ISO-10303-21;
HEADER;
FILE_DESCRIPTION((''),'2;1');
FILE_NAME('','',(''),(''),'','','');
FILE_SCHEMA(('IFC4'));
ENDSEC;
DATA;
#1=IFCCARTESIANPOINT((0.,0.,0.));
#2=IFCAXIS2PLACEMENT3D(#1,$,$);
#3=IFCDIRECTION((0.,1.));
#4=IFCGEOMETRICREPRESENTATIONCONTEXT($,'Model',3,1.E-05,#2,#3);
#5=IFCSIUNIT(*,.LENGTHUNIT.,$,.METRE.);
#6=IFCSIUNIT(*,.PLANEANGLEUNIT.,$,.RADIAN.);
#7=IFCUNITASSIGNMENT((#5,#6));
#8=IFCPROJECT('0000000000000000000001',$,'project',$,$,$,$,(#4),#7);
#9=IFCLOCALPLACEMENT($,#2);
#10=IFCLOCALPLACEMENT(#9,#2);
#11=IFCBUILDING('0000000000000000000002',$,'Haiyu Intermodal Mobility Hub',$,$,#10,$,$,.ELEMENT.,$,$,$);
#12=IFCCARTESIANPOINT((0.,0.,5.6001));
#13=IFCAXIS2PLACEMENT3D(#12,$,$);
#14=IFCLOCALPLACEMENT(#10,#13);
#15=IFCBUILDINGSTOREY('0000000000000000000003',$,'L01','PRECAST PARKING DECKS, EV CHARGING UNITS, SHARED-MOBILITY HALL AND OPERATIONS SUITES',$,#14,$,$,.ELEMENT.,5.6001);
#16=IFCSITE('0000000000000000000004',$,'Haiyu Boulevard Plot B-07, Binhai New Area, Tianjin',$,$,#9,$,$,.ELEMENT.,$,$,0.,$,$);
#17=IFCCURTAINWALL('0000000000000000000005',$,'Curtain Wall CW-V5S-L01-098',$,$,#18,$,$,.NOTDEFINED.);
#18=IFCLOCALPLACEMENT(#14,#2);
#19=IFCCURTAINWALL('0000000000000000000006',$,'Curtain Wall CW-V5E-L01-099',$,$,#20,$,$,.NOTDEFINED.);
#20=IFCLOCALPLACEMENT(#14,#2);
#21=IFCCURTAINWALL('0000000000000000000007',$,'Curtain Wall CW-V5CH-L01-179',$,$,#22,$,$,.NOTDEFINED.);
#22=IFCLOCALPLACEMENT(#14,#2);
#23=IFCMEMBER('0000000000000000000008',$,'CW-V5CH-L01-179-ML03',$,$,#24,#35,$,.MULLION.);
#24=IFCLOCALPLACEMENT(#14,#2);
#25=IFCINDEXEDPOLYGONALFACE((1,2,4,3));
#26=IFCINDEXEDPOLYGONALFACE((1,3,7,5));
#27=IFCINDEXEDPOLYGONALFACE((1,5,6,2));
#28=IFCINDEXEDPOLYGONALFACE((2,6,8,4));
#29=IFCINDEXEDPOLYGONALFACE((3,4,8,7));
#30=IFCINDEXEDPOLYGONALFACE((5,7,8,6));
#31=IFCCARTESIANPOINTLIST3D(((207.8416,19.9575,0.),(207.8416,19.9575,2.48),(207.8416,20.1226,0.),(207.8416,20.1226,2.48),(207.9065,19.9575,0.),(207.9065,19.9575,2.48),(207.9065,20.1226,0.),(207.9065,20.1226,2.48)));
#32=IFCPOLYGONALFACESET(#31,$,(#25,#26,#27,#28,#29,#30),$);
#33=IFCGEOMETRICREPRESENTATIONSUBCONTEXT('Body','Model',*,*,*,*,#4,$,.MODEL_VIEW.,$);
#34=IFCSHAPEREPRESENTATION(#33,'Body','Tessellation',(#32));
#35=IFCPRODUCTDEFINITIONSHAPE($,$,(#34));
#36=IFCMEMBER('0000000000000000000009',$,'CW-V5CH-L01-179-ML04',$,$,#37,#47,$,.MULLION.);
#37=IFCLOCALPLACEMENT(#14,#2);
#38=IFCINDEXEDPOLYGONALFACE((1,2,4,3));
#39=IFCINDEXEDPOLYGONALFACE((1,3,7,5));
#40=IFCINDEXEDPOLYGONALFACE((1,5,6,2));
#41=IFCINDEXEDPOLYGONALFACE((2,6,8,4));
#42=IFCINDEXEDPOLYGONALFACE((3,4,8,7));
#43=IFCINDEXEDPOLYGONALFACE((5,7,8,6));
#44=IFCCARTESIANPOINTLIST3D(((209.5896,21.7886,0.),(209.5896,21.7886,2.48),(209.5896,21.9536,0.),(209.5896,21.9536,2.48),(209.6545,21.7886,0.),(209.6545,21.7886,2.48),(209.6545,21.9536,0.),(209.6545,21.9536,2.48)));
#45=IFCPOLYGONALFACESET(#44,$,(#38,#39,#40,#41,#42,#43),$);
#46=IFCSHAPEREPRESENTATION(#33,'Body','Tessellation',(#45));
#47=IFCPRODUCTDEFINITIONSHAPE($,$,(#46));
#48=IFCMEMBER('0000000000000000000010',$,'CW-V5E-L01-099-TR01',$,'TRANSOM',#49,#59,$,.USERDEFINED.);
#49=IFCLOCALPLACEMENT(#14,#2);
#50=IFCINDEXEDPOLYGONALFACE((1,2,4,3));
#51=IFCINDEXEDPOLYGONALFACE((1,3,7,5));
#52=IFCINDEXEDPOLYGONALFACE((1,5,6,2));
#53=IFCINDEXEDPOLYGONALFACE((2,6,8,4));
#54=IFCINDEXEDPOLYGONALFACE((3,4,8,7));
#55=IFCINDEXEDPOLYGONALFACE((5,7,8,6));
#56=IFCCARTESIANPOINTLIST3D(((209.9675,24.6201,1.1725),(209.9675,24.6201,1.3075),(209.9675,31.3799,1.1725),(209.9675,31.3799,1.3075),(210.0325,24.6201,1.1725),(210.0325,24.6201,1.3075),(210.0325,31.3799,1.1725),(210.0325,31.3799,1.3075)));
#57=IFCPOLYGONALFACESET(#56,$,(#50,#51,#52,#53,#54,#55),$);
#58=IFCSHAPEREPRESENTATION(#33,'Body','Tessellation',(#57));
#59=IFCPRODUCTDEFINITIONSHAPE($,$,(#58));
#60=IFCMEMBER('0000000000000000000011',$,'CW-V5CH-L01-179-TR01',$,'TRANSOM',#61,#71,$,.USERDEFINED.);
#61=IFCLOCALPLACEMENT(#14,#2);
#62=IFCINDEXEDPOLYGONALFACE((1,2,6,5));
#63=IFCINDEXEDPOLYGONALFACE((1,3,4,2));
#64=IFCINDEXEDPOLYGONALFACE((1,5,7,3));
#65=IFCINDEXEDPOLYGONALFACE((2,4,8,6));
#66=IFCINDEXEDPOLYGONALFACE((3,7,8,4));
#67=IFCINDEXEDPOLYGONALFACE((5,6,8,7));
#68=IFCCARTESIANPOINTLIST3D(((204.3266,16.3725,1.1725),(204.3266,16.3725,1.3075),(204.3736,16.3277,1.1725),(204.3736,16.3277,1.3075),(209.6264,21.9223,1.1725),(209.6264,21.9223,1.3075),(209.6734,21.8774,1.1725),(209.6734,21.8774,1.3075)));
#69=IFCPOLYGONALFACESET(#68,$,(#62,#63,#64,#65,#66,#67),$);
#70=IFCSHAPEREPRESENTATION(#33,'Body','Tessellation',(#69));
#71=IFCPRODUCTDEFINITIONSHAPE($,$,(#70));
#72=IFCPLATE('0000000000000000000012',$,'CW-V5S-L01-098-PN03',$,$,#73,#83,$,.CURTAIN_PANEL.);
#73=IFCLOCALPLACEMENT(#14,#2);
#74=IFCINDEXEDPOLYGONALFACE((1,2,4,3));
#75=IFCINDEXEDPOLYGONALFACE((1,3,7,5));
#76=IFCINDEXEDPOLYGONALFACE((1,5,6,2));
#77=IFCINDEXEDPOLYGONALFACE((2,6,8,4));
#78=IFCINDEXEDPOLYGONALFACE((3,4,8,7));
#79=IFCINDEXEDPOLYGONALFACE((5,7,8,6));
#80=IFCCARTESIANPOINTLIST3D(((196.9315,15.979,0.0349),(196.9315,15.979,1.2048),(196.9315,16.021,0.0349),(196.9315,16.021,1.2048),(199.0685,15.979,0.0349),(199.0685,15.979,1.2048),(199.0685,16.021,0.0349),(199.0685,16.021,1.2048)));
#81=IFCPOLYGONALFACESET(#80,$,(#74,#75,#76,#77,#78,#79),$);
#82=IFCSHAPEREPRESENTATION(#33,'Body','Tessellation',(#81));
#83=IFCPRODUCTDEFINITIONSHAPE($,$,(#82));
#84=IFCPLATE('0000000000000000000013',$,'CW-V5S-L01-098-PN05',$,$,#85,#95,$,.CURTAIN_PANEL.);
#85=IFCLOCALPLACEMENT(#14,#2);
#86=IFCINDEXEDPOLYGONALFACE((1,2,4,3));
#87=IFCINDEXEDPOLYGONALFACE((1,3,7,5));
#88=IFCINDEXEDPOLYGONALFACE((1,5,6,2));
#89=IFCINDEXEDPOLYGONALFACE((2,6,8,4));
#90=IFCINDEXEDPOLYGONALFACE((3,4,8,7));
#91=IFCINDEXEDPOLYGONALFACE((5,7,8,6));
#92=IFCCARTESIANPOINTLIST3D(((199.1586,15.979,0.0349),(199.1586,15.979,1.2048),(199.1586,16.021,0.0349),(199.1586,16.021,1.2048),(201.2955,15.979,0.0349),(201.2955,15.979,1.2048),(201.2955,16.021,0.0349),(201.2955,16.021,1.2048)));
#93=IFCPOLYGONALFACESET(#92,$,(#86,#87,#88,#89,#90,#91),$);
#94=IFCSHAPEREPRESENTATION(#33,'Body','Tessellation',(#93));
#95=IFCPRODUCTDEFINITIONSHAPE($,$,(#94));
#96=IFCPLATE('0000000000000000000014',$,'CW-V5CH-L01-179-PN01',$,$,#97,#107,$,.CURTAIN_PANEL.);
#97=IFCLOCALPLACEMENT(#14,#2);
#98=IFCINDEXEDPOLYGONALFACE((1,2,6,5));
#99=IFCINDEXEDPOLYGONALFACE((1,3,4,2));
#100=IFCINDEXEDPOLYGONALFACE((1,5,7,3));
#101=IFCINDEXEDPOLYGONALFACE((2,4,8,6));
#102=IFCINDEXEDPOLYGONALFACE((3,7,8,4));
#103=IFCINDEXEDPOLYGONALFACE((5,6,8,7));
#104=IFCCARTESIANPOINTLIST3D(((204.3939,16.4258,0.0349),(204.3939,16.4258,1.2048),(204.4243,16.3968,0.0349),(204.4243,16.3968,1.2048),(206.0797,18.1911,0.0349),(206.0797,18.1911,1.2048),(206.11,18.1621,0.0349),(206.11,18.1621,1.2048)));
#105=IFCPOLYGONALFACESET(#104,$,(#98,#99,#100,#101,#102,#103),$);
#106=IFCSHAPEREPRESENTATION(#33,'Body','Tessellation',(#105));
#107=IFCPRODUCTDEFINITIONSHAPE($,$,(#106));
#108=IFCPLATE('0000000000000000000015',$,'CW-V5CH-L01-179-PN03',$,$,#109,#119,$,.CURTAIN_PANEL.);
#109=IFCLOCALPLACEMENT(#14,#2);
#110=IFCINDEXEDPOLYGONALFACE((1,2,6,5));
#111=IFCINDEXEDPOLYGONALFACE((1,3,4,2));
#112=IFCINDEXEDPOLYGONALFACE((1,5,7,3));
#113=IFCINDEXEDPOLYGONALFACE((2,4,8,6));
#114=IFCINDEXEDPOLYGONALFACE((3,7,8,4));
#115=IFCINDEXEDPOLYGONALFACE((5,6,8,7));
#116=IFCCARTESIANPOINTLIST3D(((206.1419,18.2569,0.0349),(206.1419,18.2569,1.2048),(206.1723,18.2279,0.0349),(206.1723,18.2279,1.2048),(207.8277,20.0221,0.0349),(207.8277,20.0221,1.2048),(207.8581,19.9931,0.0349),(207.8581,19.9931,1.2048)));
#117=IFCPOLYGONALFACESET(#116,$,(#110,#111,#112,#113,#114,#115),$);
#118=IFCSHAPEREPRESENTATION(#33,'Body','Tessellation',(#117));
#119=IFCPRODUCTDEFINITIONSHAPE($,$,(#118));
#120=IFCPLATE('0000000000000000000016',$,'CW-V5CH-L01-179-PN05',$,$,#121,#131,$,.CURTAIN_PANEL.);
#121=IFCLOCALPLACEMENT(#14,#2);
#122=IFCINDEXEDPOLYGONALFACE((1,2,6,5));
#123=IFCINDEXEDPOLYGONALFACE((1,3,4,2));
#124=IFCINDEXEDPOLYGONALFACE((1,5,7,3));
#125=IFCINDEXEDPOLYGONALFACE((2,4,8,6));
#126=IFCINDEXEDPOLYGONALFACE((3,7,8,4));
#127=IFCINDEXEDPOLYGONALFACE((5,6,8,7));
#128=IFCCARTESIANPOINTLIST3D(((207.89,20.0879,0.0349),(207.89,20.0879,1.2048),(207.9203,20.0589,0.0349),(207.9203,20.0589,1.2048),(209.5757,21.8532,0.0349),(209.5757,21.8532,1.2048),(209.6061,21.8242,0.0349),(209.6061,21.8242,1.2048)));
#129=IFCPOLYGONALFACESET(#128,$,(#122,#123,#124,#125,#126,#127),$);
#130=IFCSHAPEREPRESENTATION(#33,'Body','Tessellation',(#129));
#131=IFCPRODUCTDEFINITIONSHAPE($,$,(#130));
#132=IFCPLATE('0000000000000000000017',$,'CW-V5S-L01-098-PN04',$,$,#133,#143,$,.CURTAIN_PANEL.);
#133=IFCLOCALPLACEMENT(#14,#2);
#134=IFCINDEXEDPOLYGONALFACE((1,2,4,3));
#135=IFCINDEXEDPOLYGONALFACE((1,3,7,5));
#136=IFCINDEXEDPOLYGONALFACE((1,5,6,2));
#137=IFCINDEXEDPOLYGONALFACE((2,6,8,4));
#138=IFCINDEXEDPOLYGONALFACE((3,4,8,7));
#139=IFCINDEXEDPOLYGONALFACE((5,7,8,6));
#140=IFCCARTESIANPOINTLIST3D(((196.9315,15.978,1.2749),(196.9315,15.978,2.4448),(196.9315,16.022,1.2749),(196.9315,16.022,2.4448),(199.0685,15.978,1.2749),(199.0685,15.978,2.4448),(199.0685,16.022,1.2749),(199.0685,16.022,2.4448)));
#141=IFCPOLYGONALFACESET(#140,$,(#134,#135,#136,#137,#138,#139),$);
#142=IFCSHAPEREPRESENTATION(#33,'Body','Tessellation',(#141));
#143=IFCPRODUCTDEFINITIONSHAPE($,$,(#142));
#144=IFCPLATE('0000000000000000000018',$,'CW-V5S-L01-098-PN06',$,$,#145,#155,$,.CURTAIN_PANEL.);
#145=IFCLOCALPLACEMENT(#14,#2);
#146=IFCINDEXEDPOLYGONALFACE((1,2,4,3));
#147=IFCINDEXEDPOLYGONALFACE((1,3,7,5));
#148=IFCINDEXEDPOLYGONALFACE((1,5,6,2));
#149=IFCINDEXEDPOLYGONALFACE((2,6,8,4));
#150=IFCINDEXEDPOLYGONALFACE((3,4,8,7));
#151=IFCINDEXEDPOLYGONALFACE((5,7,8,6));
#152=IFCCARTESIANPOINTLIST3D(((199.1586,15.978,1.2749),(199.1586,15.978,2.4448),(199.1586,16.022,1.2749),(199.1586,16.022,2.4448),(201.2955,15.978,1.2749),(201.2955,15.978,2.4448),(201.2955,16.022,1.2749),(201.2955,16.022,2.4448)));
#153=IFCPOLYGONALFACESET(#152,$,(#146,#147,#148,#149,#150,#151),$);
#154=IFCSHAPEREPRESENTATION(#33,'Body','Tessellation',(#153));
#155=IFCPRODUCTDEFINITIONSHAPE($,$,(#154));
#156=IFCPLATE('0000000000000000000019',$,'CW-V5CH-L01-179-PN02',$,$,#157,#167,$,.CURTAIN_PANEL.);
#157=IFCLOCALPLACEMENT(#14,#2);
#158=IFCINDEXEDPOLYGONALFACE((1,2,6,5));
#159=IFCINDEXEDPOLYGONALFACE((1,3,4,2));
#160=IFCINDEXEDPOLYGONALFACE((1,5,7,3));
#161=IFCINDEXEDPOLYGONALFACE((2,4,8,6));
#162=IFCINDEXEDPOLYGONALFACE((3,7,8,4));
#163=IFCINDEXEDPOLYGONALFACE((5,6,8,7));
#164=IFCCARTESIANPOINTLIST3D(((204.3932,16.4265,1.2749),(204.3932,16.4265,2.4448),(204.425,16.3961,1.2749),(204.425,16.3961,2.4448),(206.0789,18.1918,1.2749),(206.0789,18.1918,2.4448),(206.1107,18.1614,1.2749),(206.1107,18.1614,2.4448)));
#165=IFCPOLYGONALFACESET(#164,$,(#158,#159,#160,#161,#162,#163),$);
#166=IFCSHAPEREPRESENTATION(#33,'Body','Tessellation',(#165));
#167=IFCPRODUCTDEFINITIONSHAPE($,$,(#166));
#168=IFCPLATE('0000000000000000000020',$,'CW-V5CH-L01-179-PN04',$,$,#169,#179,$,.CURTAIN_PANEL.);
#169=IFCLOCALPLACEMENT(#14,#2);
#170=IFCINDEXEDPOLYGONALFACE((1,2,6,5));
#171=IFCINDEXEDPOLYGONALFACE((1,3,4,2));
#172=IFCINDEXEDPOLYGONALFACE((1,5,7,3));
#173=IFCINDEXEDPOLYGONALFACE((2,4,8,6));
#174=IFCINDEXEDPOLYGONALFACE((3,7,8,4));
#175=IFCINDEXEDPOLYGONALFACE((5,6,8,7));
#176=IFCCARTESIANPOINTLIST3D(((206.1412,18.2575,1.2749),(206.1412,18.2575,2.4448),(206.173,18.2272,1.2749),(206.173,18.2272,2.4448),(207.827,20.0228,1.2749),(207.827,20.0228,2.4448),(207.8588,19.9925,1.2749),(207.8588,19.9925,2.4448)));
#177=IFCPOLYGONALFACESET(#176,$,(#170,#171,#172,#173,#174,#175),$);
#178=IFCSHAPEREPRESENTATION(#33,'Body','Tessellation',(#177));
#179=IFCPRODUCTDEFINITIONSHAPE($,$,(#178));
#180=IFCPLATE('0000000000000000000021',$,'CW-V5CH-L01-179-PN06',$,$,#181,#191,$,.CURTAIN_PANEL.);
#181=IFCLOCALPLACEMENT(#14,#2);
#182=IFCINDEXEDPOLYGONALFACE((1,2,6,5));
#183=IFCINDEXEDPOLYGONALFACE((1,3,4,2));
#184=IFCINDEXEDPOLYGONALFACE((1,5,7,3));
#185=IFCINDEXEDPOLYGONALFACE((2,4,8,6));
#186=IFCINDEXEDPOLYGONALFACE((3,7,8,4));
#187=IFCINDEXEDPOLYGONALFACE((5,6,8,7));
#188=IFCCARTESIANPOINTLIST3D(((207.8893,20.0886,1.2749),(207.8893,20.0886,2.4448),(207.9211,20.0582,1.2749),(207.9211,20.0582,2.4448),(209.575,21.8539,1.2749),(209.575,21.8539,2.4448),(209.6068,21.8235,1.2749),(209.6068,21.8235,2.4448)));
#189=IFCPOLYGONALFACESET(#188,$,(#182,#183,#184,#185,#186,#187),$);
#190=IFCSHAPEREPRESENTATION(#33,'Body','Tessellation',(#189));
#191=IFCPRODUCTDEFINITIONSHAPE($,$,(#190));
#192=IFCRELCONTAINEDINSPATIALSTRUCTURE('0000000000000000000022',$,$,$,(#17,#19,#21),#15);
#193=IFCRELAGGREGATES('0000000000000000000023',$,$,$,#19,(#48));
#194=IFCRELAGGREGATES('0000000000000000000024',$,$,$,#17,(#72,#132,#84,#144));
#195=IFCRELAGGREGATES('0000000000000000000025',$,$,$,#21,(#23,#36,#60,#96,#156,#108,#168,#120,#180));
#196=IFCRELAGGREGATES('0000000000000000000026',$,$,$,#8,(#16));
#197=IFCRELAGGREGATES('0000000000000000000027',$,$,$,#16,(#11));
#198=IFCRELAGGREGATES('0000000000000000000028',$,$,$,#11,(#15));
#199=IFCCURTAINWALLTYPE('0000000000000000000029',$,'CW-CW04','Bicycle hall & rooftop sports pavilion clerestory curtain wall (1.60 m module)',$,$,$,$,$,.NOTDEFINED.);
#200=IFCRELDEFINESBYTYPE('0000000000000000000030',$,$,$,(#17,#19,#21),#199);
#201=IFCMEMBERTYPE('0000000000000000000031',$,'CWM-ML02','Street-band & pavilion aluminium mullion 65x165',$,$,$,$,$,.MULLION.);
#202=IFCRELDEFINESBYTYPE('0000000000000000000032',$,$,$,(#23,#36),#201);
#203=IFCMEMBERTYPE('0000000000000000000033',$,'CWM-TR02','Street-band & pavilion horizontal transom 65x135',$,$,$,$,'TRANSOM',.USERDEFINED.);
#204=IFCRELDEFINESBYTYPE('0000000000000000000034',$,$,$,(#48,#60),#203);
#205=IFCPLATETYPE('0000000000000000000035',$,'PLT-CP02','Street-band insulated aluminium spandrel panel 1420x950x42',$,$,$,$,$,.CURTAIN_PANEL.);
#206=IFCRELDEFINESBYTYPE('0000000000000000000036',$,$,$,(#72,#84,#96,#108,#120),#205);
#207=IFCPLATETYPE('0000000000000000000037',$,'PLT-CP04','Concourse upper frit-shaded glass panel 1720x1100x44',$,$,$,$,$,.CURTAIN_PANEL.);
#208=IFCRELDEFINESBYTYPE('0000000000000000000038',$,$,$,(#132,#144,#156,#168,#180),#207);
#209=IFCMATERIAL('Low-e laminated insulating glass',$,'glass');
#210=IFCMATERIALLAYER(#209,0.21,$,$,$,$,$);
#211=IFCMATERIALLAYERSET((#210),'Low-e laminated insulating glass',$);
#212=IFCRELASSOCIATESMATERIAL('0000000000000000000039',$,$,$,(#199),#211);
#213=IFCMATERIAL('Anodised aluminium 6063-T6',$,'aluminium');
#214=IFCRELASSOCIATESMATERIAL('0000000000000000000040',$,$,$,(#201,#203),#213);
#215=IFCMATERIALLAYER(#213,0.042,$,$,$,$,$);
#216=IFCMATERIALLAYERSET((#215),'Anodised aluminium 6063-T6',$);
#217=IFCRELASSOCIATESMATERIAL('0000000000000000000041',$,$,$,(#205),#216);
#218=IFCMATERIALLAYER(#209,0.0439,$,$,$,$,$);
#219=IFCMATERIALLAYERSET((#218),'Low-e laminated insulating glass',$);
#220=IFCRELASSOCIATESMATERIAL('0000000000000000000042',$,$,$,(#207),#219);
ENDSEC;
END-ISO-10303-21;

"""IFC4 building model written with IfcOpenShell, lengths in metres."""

from ifc_helpers import new_model, si_unit, direction, frame, origin, origin_2d, place, context, subcontext, project, spatial, rectangle, extrude, material, layer, layer_set, material_profile, profile_set, type_object, element, aggregate, save


model = new_model("IFC4")

# Units and contexts
model_context = context("Model", 3, precision=1e-05, world=origin(), true_north=direction((0.0, 1.0)))
body_context = subcontext(model_context, "Body", "Model", "MODEL_VIEW")
ifc_project = project(units=[si_unit("LENGTHUNIT", "METRE"), si_unit("PLANEANGLEUNIT", "RADIAN")], contexts=[model_context])

# Site, building, storey
site_placement = place(None, origin())
site = spatial("IfcSite", under=ifc_project, at=site_placement, Name="Haiyu Boulevard Plot B-07, Binhai New Area, Tianjin", CompositionType="ELEMENT", RefElevation=0.0)
building_placement = place(site_placement, origin())
building = spatial("IfcBuilding", under=site, at=building_placement, Name="Haiyu Intermodal Mobility Hub", CompositionType="ELEMENT")
storey_placement = place(building_placement, frame((0.0, 0.0, 5.6001)))
storey = spatial("IfcBuildingStorey", under=building, at=storey_placement, Name="L01", Description="PRECAST PARKING DECKS, EV CHARGING UNITS, SHARED-MOBILITY HALL AND OPERATIONS SUITES", CompositionType="ELEMENT", Elevation=5.6001)

# Curtain wall
ifc_material_1 = material(Name="Low-e laminated insulating glass", Category="glass")
ifc_layer_1 = layer(ifc_material_1, 0.21)
ifc_layer_set_1 = layer_set([ifc_layer_1], Name="Low-e laminated insulating glass")
curtain_wall_type = type_object("IfcCurtainWallType", Name="CW-CW04", Description="Bicycle hall & rooftop sports pavilion clerestory curtain wall (1.60 m module)", PredefinedType="NOTDEFINED", material=ifc_layer_set_1)
curtain_wall_1_placement = place(storey_placement, origin())
curtain_wall_1 = element("IfcCurtainWall", 1, at=curtain_wall_1_placement, inside=storey, type_object=curtain_wall_type, Name="Curtain Wall CW-V5S-L01-098", PredefinedType="NOTDEFINED")
ifc_material_2 = material(Name="Anodised aluminium 6063-T6", Category="aluminium")
ifc_material_profile_1 = material_profile(ifc_material_2, rectangle(XDim=0.0649, YDim=0.165, at=origin_2d()), Name="ALU65x165")
ifc_profile_set_1 = profile_set([ifc_material_profile_1], Name="Anodised aluminium 6063-T6")
member_type_1 = type_object("IfcMemberType", Name="CWM-ML02", Description="Street-band & pavilion aluminium mullion 65x165", PredefinedType="MULLION", material=ifc_profile_set_1)

# Curtain wall
curtain_wall_2_placement = place(storey_placement, origin())
curtain_wall_2 = element("IfcCurtainWall", 2, at=curtain_wall_2_placement, inside=storey, type_object=curtain_wall_type, Name="Curtain Wall CW-V5E-L01-099", PredefinedType="NOTDEFINED")

# Curtain wall, members
curtain_wall_3_placement = place(storey_placement, origin())
curtain_wall_3 = element("IfcCurtainWall", 3, at=curtain_wall_3_placement, inside=storey, type_object=curtain_wall_type, Name="Curtain Wall CW-V5CH-L01-179", PredefinedType="NOTDEFINED")
member_1_placement = place(storey_placement, frame((207.874, 20.04, 0.0), z_axis=(0.0, 0.0, 1.0), x_axis=(1.0, 0.0, 0.0)))
member_1 = element("IfcMember", 4, at=member_1_placement, type_object=member_type_1, Name="CW-V5CH-L01-179-ML03", PredefinedType="MULLION", context=body_context, shape_type="SweptSolid", body=[
    extrude(rectangle(XDim=0.0649, YDim=0.165, at=origin_2d()), origin(), (0.0, 0.0, 1.0), 2.48),
])
member_2_placement = place(storey_placement, frame((209.6221, 21.8711, 0.0), z_axis=(0.0, 0.0, 1.0), x_axis=(1.0, 0.0, 0.0)))
member_2 = element("IfcMember", 5, at=member_2_placement, type_object=member_type_1, Name="CW-V5CH-L01-179-ML04", PredefinedType="MULLION", context=body_context, shape_type="SweptSolid", body=[
    extrude(rectangle(XDim=0.0649, YDim=0.165, at=origin_2d()), origin(), (0.0, 0.0, 1.0), 2.48),
])

# Members
ifc_material_profile_2 = material_profile(ifc_material_2, rectangle(XDim=0.0649, YDim=0.135, at=origin_2d()), Name="ALU65x135")
ifc_profile_set_2 = profile_set([ifc_material_profile_2], Name="Anodised aluminium 6063-T6")
member_type_2 = type_object("IfcMemberType", Name="CWM-TR02", Description="Street-band & pavilion horizontal transom 65x135", ElementType="TRANSOM", PredefinedType="USERDEFINED", material=ifc_profile_set_2)
member_3_placement = place(storey_placement, frame((210.0, 24.6201, 1.24), z_axis=(0.0, 1.0, 0.0), x_axis=(-1.0, 0.0, 0.0)))
member_3 = element("IfcMember", 6, at=member_3_placement, type_object=member_type_2, Name="CW-V5E-L01-099-TR01", ObjectType="TRANSOM", PredefinedType="USERDEFINED", context=body_context, shape_type="SweptSolid", body=[
    extrude(rectangle(XDim=0.0649, YDim=0.135, at=origin_2d()), origin(), (0.0, 0.0, 1.0), 6.7598),
])
aggregate(curtain_wall_2, [member_3])
member_4_placement = place(storey_placement, frame((204.3501, 16.3501, 1.24), z_axis=(0.69063, 0.723208, 0.0), x_axis=(-0.723208, 0.69063, 0.0)))
member_4 = element("IfcMember", 7, at=member_4_placement, type_object=member_type_2, Name="CW-V5CH-L01-179-TR01", ObjectType="TRANSOM", PredefinedType="USERDEFINED", context=body_context, shape_type="SweptSolid", body=[
    extrude(rectangle(XDim=0.0649, YDim=0.135, at=origin_2d()), origin(), (0.0, 0.0, 1.0), 7.6738),
])

# Plates
ifc_layer_2 = layer(ifc_material_2, 0.042)
ifc_layer_set_2 = layer_set([ifc_layer_2], Name="Anodised aluminium 6063-T6")
plate_type_1 = type_object("IfcPlateType", Name="PLT-CP02", Description="Street-band insulated aluminium spandrel panel 1420x950x42", PredefinedType="CURTAIN_PANEL", material=ifc_layer_set_2)
plate_1_placement = place(storey_placement, frame((198.0, 16.0, 0.0349), z_axis=(0.0, 0.0, 1.0), x_axis=(1.0, 0.0, 0.0)))
plate_1 = element("IfcPlate", 8, at=plate_1_placement, type_object=plate_type_1, Name="CW-V5S-L01-098-PN03", PredefinedType="CURTAIN_PANEL", context=body_context, shape_type="SweptSolid", body=[
    extrude(rectangle(XDim=2.137, YDim=0.042, at=origin_2d()), origin(), (0.0, 0.0, 1.0), 1.1699),
])
plate_2_placement = place(storey_placement, frame((200.2271, 16.0, 0.0349), z_axis=(0.0, 0.0, 1.0), x_axis=(1.0, 0.0, 0.0)))
plate_2 = element("IfcPlate", 9, at=plate_2_placement, type_object=plate_type_1, Name="CW-V5S-L01-098-PN05", PredefinedType="CURTAIN_PANEL", context=body_context, shape_type="SweptSolid", body=[
    extrude(rectangle(XDim=2.137, YDim=0.042, at=origin_2d()), origin(), (0.0, 0.0, 1.0), 1.1699),
])
plate_3_placement = place(storey_placement, frame((205.252, 17.2939, 0.0349), z_axis=(0.0, 0.0, 1.0), x_axis=(0.690631, 0.723208, 0.0)))
plate_3 = element("IfcPlate", 10, at=plate_3_placement, type_object=plate_type_1, Name="CW-V5CH-L01-179-PN01", PredefinedType="CURTAIN_PANEL", context=body_context, shape_type="SweptSolid", body=[
    extrude(rectangle(XDim=2.4409, YDim=0.042, at=origin_2d()), origin(), (0.0, 0.0, 1.0), 1.1699),
])
plate_4_placement = place(storey_placement, frame((207.0, 19.125, 0.0349), z_axis=(0.0, 0.0, 1.0), x_axis=(0.690631, 0.723208, 0.0)))
plate_4 = element("IfcPlate", 11, at=plate_4_placement, type_object=plate_type_1, Name="CW-V5CH-L01-179-PN03", PredefinedType="CURTAIN_PANEL", context=body_context, shape_type="SweptSolid", body=[
    extrude(rectangle(XDim=2.4409, YDim=0.042, at=origin_2d()), origin(), (0.0, 0.0, 1.0), 1.1699),
])
plate_5_placement = place(storey_placement, frame((208.748, 20.9561, 0.0349), z_axis=(0.0, 0.0, 1.0), x_axis=(0.690631, 0.723208, 0.0)))
plate_5 = element("IfcPlate", 12, at=plate_5_placement, type_object=plate_type_1, Name="CW-V5CH-L01-179-PN05", PredefinedType="CURTAIN_PANEL", context=body_context, shape_type="SweptSolid", body=[
    extrude(rectangle(XDim=2.4409, YDim=0.042, at=origin_2d()), origin(), (0.0, 0.0, 1.0), 1.1699),
])
ifc_layer_3 = layer(ifc_material_1, 0.0439)
ifc_layer_set_3 = layer_set([ifc_layer_3], Name="Low-e laminated insulating glass")
plate_type_2 = type_object("IfcPlateType", Name="PLT-CP04", Description="Concourse upper frit-shaded glass panel 1720x1100x44", PredefinedType="CURTAIN_PANEL", material=ifc_layer_set_3)
plate_6_placement = place(storey_placement, frame((198.0, 16.0, 1.2749), z_axis=(0.0, 0.0, 1.0), x_axis=(1.0, 0.0, 0.0)))
plate_6 = element("IfcPlate", 13, at=plate_6_placement, type_object=plate_type_2, Name="CW-V5S-L01-098-PN04", PredefinedType="CURTAIN_PANEL", context=body_context, shape_type="SweptSolid", body=[
    extrude(rectangle(XDim=2.137, YDim=0.0439, at=origin_2d()), origin(), (0.0, 0.0, 1.0), 1.1699),
])
plate_7_placement = place(storey_placement, frame((200.2271, 16.0, 1.2749), z_axis=(0.0, 0.0, 1.0), x_axis=(1.0, 0.0, 0.0)))
plate_7 = element("IfcPlate", 14, at=plate_7_placement, type_object=plate_type_2, Name="CW-V5S-L01-098-PN06", PredefinedType="CURTAIN_PANEL", context=body_context, shape_type="SweptSolid", body=[
    extrude(rectangle(XDim=2.137, YDim=0.0439, at=origin_2d()), origin(), (0.0, 0.0, 1.0), 1.1699),
])
aggregate(curtain_wall_1, [plate_1, plate_6, plate_2, plate_7])
plate_8_placement = place(storey_placement, frame((205.252, 17.2939, 1.2749), z_axis=(0.0, 0.0, 1.0), x_axis=(0.690631, 0.723208, 0.0)))
plate_8 = element("IfcPlate", 15, at=plate_8_placement, type_object=plate_type_2, Name="CW-V5CH-L01-179-PN02", PredefinedType="CURTAIN_PANEL", context=body_context, shape_type="SweptSolid", body=[
    extrude(rectangle(XDim=2.4409, YDim=0.0439, at=origin_2d()), origin(), (0.0, 0.0, 1.0), 1.1699),
])
plate_9_placement = place(storey_placement, frame((207.0, 19.125, 1.2749), z_axis=(0.0, 0.0, 1.0), x_axis=(0.690631, 0.723208, 0.0)))
plate_9 = element("IfcPlate", 16, at=plate_9_placement, type_object=plate_type_2, Name="CW-V5CH-L01-179-PN04", PredefinedType="CURTAIN_PANEL", context=body_context, shape_type="SweptSolid", body=[
    extrude(rectangle(XDim=2.4409, YDim=0.0439, at=origin_2d()), origin(), (0.0, 0.0, 1.0), 1.1699),
])
plate_10_placement = place(storey_placement, frame((208.748, 20.9561, 1.2749), z_axis=(0.0, 0.0, 1.0), x_axis=(0.690631, 0.723208, 0.0)))
plate_10 = element("IfcPlate", 17, at=plate_10_placement, type_object=plate_type_2, Name="CW-V5CH-L01-179-PN06", PredefinedType="CURTAIN_PANEL", context=body_context, shape_type="SweptSolid", body=[
    extrude(rectangle(XDim=2.4409, YDim=0.0439, at=origin_2d()), origin(), (0.0, 0.0, 1.0), 1.1699),
])
aggregate(curtain_wall_3, [member_1, member_2, member_4, plate_3, plate_8, plate_4, plate_9, plate_5, plate_10])

save(model, "model.ifc")
